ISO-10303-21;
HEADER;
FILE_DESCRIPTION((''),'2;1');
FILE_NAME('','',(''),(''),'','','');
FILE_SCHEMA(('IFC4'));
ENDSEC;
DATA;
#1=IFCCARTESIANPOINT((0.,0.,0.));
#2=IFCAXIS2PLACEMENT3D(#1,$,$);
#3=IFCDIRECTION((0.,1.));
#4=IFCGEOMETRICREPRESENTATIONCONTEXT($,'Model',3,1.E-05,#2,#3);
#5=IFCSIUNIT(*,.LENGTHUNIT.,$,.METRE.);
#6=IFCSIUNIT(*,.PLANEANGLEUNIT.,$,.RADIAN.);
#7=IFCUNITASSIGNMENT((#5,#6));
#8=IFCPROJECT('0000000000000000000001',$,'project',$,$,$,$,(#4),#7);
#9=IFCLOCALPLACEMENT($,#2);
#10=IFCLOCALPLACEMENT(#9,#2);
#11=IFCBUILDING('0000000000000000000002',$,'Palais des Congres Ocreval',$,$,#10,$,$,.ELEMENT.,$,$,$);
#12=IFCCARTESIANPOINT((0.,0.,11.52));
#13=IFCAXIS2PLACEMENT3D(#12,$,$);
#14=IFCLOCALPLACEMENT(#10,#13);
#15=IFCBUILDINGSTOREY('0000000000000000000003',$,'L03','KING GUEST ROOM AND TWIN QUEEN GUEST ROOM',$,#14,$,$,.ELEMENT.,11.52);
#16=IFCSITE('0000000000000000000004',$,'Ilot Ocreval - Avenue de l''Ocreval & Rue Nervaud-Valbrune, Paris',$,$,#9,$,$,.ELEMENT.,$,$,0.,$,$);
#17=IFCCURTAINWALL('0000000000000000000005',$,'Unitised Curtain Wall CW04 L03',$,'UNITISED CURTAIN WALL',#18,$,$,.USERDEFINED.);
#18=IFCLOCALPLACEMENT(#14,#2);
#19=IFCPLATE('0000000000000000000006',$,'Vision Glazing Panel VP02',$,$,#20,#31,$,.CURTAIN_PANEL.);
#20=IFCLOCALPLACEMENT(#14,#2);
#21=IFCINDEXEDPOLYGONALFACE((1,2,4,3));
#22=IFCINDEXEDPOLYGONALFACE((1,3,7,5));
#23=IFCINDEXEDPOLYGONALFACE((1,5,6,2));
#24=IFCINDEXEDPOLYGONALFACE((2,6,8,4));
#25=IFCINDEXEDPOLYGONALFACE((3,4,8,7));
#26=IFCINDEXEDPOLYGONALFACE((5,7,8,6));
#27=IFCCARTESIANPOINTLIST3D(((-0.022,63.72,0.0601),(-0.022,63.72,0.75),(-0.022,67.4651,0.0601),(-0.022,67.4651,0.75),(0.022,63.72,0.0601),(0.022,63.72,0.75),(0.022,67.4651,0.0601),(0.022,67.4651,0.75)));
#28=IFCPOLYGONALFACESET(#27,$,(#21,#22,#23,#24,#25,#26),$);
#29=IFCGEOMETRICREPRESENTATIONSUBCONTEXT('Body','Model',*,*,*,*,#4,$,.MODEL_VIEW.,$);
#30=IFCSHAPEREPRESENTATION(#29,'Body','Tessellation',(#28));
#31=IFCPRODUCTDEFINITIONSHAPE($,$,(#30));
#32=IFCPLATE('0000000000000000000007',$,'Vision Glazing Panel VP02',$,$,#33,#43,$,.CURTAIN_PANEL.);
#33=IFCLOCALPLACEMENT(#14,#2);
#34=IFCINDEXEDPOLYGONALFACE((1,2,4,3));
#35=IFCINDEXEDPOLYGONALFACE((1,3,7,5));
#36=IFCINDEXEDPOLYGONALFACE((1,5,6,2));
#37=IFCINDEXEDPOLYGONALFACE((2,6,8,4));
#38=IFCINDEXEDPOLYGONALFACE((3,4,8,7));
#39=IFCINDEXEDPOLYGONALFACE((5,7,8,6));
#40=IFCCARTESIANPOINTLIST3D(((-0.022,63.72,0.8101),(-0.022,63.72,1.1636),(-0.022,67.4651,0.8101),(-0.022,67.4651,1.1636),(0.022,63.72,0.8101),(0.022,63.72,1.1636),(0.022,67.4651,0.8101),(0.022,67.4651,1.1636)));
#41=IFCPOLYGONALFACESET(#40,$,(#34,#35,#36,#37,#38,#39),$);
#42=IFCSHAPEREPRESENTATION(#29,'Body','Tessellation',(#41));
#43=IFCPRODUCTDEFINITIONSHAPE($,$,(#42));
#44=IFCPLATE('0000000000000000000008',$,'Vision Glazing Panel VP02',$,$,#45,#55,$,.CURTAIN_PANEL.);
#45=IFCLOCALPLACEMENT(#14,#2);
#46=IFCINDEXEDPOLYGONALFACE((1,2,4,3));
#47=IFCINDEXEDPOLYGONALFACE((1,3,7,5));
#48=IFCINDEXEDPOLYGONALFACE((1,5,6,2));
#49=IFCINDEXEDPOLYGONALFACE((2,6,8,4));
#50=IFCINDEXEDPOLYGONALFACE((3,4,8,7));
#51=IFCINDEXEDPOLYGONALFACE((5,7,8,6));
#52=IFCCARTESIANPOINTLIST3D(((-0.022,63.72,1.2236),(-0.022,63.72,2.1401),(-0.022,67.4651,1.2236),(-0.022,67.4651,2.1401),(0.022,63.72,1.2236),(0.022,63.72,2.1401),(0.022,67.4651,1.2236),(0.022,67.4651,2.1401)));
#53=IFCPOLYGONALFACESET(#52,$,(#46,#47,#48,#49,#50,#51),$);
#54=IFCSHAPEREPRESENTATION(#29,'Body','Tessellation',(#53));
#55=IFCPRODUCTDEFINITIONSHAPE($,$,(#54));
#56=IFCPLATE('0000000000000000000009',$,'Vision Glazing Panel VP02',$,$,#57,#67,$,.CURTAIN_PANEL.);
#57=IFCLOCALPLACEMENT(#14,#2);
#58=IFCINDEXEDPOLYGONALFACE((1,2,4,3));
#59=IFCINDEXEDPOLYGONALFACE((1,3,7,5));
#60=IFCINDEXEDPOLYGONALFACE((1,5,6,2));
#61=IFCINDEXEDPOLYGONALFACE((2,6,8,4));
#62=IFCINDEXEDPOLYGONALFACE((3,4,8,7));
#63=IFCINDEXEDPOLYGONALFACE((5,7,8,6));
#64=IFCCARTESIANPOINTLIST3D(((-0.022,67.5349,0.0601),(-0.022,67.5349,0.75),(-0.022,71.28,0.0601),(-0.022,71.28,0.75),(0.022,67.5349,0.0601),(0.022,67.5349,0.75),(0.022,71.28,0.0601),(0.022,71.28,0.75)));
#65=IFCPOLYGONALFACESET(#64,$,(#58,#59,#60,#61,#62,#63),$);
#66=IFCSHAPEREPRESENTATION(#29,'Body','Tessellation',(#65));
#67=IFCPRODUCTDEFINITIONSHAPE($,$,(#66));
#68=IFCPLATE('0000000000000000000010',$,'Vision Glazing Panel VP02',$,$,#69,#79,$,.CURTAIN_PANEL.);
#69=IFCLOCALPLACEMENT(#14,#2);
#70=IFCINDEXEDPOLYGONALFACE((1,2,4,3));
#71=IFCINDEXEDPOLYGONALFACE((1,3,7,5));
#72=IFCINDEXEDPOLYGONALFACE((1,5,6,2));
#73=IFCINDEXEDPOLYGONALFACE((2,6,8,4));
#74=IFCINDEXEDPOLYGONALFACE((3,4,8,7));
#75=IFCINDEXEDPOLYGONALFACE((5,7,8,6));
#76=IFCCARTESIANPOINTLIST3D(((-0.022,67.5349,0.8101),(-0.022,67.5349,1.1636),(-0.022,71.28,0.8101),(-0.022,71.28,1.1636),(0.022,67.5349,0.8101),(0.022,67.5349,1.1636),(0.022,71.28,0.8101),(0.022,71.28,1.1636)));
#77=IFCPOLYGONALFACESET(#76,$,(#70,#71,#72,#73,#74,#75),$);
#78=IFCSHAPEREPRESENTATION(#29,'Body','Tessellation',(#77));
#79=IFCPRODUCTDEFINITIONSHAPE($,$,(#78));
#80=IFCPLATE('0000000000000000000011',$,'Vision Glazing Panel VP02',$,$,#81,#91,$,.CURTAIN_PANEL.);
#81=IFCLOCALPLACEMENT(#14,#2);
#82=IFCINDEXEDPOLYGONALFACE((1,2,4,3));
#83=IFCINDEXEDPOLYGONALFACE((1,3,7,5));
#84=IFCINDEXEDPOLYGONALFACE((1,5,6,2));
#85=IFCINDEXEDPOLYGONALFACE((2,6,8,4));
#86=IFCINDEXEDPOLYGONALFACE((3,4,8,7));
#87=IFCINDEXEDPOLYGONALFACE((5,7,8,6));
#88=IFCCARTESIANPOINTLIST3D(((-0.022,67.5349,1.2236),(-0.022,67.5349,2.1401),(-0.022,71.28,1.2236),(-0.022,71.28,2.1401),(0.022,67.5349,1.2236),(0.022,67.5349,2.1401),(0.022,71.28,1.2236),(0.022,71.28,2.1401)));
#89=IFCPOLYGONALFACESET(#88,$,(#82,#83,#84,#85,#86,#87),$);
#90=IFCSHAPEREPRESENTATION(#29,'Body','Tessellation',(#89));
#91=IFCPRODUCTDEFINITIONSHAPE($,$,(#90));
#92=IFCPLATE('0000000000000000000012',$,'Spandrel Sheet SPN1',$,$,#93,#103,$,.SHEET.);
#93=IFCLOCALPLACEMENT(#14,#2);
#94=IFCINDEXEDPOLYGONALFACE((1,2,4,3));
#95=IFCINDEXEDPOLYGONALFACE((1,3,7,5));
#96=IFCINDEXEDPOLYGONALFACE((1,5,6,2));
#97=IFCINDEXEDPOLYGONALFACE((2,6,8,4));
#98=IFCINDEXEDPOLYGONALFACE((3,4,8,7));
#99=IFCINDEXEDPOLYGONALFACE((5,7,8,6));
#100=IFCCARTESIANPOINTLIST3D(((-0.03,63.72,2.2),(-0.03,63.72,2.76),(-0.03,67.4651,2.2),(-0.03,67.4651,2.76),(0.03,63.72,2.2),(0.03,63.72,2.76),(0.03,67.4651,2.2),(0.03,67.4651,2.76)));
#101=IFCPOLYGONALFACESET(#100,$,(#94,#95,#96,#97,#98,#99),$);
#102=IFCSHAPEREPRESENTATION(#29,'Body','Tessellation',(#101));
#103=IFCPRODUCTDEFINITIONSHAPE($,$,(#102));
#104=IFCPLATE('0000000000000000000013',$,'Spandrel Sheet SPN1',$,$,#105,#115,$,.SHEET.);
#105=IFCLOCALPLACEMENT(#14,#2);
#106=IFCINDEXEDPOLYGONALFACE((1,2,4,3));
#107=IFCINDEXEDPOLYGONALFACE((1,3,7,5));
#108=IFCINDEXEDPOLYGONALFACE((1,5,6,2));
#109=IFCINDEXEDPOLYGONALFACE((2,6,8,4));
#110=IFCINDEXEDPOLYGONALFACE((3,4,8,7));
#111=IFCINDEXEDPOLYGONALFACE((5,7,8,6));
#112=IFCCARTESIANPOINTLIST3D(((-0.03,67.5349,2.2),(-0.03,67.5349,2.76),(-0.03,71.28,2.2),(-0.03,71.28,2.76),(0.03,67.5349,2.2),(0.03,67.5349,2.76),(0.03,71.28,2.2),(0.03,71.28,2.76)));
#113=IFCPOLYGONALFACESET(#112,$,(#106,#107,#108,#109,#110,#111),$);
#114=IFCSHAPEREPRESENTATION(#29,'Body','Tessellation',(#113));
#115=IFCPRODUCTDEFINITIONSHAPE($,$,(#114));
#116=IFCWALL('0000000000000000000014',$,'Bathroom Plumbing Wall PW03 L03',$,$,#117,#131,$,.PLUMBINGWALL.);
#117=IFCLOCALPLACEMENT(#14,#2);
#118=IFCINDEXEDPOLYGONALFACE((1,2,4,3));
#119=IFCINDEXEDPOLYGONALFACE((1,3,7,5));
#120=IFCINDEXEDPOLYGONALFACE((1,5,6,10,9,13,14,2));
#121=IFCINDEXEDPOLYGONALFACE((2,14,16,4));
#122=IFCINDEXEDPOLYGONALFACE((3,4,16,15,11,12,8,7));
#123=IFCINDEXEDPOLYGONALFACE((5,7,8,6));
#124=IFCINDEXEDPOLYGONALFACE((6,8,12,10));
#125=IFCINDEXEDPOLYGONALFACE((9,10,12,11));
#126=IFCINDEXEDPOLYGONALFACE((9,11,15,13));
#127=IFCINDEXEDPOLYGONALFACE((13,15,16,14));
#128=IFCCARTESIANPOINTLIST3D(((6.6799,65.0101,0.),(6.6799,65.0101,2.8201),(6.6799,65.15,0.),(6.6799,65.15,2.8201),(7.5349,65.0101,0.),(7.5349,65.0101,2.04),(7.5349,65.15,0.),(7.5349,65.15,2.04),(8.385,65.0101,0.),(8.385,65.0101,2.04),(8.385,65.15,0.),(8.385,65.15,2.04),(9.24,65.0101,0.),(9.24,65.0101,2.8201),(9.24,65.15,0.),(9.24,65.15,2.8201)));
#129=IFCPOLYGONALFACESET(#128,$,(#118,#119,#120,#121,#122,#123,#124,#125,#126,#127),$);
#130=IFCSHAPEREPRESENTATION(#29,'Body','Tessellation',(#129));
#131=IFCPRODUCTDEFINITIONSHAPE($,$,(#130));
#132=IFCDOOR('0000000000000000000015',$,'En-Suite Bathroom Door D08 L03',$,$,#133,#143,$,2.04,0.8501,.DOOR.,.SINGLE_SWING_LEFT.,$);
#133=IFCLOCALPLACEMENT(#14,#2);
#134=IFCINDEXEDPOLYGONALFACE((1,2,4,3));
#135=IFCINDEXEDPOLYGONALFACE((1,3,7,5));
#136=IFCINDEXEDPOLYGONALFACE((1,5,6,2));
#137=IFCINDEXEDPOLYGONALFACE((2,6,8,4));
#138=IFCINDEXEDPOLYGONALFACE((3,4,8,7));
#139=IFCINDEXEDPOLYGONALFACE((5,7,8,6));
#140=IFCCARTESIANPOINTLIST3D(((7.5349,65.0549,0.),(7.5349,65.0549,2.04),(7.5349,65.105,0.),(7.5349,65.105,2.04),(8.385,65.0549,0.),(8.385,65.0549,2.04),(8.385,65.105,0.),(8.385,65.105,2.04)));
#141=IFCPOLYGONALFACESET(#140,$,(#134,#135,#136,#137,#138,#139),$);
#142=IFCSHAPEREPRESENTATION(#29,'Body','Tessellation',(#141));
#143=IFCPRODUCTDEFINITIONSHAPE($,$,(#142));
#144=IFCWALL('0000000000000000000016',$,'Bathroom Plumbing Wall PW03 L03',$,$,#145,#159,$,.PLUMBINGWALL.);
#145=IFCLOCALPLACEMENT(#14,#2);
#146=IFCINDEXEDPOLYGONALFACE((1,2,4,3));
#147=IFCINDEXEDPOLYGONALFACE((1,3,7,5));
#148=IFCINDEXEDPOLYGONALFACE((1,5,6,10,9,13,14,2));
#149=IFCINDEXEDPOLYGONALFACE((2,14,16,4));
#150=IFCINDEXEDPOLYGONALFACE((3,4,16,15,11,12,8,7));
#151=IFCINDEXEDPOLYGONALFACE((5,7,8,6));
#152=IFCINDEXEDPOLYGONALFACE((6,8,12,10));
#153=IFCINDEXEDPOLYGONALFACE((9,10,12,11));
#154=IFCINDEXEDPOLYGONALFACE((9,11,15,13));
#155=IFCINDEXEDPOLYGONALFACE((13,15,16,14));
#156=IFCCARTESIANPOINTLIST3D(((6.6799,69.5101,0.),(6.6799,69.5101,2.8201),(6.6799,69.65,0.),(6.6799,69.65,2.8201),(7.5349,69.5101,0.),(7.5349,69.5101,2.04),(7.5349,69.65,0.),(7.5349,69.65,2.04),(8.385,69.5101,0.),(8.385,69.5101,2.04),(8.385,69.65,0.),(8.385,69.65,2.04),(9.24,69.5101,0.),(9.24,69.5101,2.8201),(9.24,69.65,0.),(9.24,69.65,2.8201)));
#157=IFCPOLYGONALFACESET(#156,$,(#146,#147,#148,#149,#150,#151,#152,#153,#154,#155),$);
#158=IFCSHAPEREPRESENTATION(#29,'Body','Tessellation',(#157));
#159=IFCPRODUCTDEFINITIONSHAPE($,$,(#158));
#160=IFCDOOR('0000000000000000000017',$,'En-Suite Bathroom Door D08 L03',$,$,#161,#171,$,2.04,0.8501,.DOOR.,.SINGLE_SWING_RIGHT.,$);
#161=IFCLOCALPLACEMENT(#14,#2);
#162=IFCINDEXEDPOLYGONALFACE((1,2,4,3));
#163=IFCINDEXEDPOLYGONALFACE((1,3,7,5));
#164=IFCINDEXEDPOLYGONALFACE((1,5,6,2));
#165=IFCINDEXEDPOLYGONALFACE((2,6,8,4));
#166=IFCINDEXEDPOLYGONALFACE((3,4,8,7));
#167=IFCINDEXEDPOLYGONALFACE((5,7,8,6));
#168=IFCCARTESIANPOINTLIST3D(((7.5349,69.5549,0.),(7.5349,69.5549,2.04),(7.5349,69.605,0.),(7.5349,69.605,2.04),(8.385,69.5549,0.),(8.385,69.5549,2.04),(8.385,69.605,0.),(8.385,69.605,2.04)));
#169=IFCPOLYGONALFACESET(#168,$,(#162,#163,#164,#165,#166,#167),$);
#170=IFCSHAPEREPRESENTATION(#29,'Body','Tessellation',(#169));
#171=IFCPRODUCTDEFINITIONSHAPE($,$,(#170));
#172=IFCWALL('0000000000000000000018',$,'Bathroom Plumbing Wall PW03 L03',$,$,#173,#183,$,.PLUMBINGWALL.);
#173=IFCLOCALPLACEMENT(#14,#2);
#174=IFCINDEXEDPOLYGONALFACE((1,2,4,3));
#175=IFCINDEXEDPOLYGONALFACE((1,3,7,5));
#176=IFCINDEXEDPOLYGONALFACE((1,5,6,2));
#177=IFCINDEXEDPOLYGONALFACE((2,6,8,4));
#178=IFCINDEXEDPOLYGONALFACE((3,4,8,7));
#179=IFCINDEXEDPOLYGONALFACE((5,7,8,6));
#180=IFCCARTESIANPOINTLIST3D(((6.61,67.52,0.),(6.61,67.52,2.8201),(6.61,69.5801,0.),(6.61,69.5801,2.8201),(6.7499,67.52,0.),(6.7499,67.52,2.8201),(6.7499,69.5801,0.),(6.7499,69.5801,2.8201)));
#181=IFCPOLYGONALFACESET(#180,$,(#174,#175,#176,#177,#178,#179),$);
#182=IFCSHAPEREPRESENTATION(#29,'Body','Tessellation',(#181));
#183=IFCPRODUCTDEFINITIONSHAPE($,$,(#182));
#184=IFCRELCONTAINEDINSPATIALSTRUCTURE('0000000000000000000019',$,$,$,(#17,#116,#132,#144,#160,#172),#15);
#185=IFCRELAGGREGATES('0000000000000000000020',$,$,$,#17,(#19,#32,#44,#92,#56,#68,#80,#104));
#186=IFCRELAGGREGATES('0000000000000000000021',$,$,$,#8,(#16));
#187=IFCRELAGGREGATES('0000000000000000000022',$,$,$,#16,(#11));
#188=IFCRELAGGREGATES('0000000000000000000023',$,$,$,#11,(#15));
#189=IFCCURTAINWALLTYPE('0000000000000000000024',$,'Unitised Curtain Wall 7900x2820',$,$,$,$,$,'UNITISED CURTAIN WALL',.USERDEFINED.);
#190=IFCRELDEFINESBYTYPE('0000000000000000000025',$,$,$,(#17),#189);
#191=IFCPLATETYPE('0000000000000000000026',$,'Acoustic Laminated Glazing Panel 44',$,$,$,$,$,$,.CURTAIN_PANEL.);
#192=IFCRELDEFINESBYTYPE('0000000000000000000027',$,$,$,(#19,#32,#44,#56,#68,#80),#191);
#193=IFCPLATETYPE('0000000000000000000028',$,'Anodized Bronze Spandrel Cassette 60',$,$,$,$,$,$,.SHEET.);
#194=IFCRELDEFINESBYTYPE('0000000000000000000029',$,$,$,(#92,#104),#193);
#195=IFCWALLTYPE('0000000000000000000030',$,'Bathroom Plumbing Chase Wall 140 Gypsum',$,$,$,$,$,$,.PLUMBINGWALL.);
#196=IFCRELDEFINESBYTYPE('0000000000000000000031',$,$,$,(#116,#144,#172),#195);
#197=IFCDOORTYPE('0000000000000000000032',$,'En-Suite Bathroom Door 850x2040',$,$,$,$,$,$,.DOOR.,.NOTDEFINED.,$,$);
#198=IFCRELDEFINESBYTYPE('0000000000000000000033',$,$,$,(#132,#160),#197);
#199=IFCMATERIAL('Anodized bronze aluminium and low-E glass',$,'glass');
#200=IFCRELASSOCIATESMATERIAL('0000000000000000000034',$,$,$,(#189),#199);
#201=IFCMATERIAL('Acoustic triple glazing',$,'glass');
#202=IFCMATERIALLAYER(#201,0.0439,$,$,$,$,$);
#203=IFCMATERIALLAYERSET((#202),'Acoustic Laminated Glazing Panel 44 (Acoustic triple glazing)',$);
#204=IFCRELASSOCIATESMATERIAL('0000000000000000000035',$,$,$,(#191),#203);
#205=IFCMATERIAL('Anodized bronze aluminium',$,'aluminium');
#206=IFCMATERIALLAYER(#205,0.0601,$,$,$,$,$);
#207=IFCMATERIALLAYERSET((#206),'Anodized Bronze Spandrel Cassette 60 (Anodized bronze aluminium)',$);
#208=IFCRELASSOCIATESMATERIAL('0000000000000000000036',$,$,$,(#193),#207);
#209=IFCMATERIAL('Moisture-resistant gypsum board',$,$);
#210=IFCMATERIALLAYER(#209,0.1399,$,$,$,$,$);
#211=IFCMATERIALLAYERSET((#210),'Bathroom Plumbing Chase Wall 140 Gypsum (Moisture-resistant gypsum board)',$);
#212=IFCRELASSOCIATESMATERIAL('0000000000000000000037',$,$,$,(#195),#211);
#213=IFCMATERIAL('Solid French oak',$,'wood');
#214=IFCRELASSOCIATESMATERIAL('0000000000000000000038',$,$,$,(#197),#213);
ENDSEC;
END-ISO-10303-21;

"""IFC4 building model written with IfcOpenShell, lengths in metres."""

from ifc_helpers import new_model, si_unit, direction, frame, frame_2d, origin, origin_2d, place, context, subcontext, project, spatial, rectangle, extrude, material, layer, layer_set, type_object, element, fill, aggregate, save


model = new_model("IFC4")

# Units and contexts
model_context = context("Model", 3, precision=1e-05, world=origin(), true_north=direction((0.0, 1.0)))
body_context = subcontext(model_context, "Body", "Model", "MODEL_VIEW")
ifc_project = project(units=[si_unit("LENGTHUNIT", "METRE"), si_unit("PLANEANGLEUNIT", "RADIAN")], contexts=[model_context])

# Site, building, storey
site_placement = place(None, origin())
site = spatial("IfcSite", under=ifc_project, at=site_placement, Name="Ilot Ocreval - Avenue de l'Ocreval & Rue Nervaud-Valbrune, Paris", CompositionType="ELEMENT", RefElevation=0.0)
building_placement = place(site_placement, origin())
building = spatial("IfcBuilding", under=site, at=building_placement, Name="Palais des Congres Ocreval", CompositionType="ELEMENT")
storey_placement = place(building_placement, frame((0.0, 0.0, 11.52)))
storey = spatial("IfcBuildingStorey", under=building, at=storey_placement, Name="L03", Description="KING GUEST ROOM AND TWIN QUEEN GUEST ROOM", CompositionType="ELEMENT", Elevation=11.52)

# Curtain wall, plates
ifc_material_1 = material(Name="Anodized bronze aluminium and low-E glass", Category="glass")
curtain_wall_type = type_object("IfcCurtainWallType", Name="Unitised Curtain Wall 7900x2820", ElementType="UNITISED CURTAIN WALL", PredefinedType="USERDEFINED", material=ifc_material_1)
curtain_wall_placement = place(storey_placement, origin())
curtain_wall = element("IfcCurtainWall", 1, at=curtain_wall_placement, inside=storey, type_object=curtain_wall_type, Name="Unitised Curtain Wall CW04 L03", ObjectType="UNITISED CURTAIN WALL", PredefinedType="USERDEFINED")
ifc_material_2 = material(Name="Anodized bronze aluminium", Category="aluminium")
ifc_material_3 = material(Name="Acoustic triple glazing", Category="glass")
ifc_layer_1 = layer(ifc_material_3, 0.0439)
ifc_layer_set_1 = layer_set([ifc_layer_1], Name="Acoustic Laminated Glazing Panel 44 (Acoustic triple glazing)")
plate_type_1 = type_object("IfcPlateType", Name="Acoustic Laminated Glazing Panel 44", PredefinedType="CURTAIN_PANEL", material=ifc_layer_set_1)
plate_1_placement = place(storey_placement, frame((0.0, 65.5925, 0.0601), z_axis=(0.0, 0.0, 1.0), x_axis=(0.0, 1.0, 0.0)))
plate_1 = element("IfcPlate", 2, at=plate_1_placement, type_object=plate_type_1, Name="Vision Glazing Panel VP02", PredefinedType="CURTAIN_PANEL", context=body_context, shape_type="SweptSolid", body=[
    extrude(rectangle(XDim=3.7451, YDim=0.0439, at=origin_2d()), origin(), (0.0, 0.0, 1.0), 0.6899),
])
plate_2_placement = place(storey_placement, frame((0.0, 65.5925, 0.8101), z_axis=(0.0, 0.0, 1.0), x_axis=(0.0, 1.0, 0.0)))
plate_2 = element("IfcPlate", 3, at=plate_2_placement, type_object=plate_type_1, Name="Vision Glazing Panel VP02", PredefinedType="CURTAIN_PANEL", context=body_context, shape_type="SweptSolid", body=[
    extrude(rectangle(XDim=3.7451, YDim=0.0439, at=origin_2d()), origin(), (0.0, 0.0, 1.0), 0.3535),
])
plate_3_placement = place(storey_placement, frame((0.0, 65.5925, 1.2236), z_axis=(0.0, 0.0, 1.0), x_axis=(0.0, 1.0, 0.0)))
plate_3 = element("IfcPlate", 4, at=plate_3_placement, type_object=plate_type_1, Name="Vision Glazing Panel VP02", PredefinedType="CURTAIN_PANEL", context=body_context, shape_type="SweptSolid", body=[
    extrude(rectangle(XDim=3.7451, YDim=0.0439, at=origin_2d()), origin(), (0.0, 0.0, 1.0), 0.9165),
])
plate_4_placement = place(storey_placement, frame((0.0, 69.4075, 0.0601), z_axis=(0.0, 0.0, 1.0), x_axis=(0.0, 1.0, 0.0)))
plate_4 = element("IfcPlate", 5, at=plate_4_placement, type_object=plate_type_1, Name="Vision Glazing Panel VP02", PredefinedType="CURTAIN_PANEL", context=body_context, shape_type="SweptSolid", body=[
    extrude(rectangle(XDim=3.7451, YDim=0.0439, at=origin_2d()), origin(), (0.0, 0.0, 1.0), 0.6899),
])
plate_5_placement = place(storey_placement, frame((0.0, 69.4075, 0.8101), z_axis=(0.0, 0.0, 1.0), x_axis=(0.0, 1.0, 0.0)))
plate_5 = element("IfcPlate", 6, at=plate_5_placement, type_object=plate_type_1, Name="Vision Glazing Panel VP02", PredefinedType="CURTAIN_PANEL", context=body_context, shape_type="SweptSolid", body=[
    extrude(rectangle(XDim=3.7451, YDim=0.0439, at=origin_2d()), origin(), (0.0, 0.0, 1.0), 0.3535),
])
plate_6_placement = place(storey_placement, frame((0.0, 69.4075, 1.2236), z_axis=(0.0, 0.0, 1.0), x_axis=(0.0, 1.0, 0.0)))
plate_6 = element("IfcPlate", 7, at=plate_6_placement, type_object=plate_type_1, Name="Vision Glazing Panel VP02", PredefinedType="CURTAIN_PANEL", context=body_context, shape_type="SweptSolid", body=[
    extrude(rectangle(XDim=3.7451, YDim=0.0439, at=origin_2d()), origin(), (0.0, 0.0, 1.0), 0.9165),
])
ifc_layer_2 = layer(ifc_material_2, 0.0601)
ifc_layer_set_2 = layer_set([ifc_layer_2], Name="Anodized Bronze Spandrel Cassette 60 (Anodized bronze aluminium)")
plate_type_2 = type_object("IfcPlateType", Name="Anodized Bronze Spandrel Cassette 60", PredefinedType="SHEET", material=ifc_layer_set_2)
plate_7_placement = place(storey_placement, frame((0.0, 65.5925, 2.2), z_axis=(0.0, 0.0, 1.0), x_axis=(0.0, 1.0, 0.0)))
plate_7 = element("IfcPlate", 8, at=plate_7_placement, type_object=plate_type_2, Name="Spandrel Sheet SPN1", PredefinedType="SHEET", context=body_context, shape_type="SweptSolid", body=[
    extrude(rectangle(XDim=3.7451, YDim=0.0601, at=origin_2d()), origin(), (0.0, 0.0, 1.0), 0.5601),
])
plate_8_placement = place(storey_placement, frame((0.0, 69.4075, 2.2), z_axis=(0.0, 0.0, 1.0), x_axis=(0.0, 1.0, 0.0)))
plate_8 = element("IfcPlate", 9, at=plate_8_placement, type_object=plate_type_2, Name="Spandrel Sheet SPN1", PredefinedType="SHEET", context=body_context, shape_type="SweptSolid", body=[
    extrude(rectangle(XDim=3.7451, YDim=0.0601, at=origin_2d()), origin(), (0.0, 0.0, 1.0), 0.5601),
])
aggregate(curtain_wall, [plate_1, plate_2, plate_3, plate_7, plate_4, plate_5, plate_6, plate_8])

# Walls, openings, doors
ifc_material_4 = material(Name="Moisture-resistant gypsum board")
ifc_layer_3 = layer(ifc_material_4, 0.1399)
ifc_layer_set_3 = layer_set([ifc_layer_3], Name="Bathroom Plumbing Chase Wall 140 Gypsum (Moisture-resistant gypsum board)")
wall_type_1 = type_object("IfcWallType", Name="Bathroom Plumbing Chase Wall 140 Gypsum", PredefinedType="PLUMBINGWALL", material=ifc_layer_set_3)
wall_1_placement = place(storey_placement, frame((6.6799, 65.0801, 0.0), z_axis=(0.0, 0.0, 1.0), x_axis=(1.0, 0.0, 0.0)))
wall_1 = element("IfcWall", 10, at=wall_1_placement, inside=storey, type_object=wall_type_1, Name="Bathroom Plumbing Wall PW03 L03", PredefinedType="PLUMBINGWALL", context=body_context, shape_type="SweptSolid", body=[
    extrude(rectangle(XDim=2.5601, YDim=0.1399, at=frame_2d((1.28, 0.0))), origin(), (0.0, 0.0, 1.0), 2.8201),
])
opening_1_placement = place(wall_1_placement, frame((0.855, 0.0, 0.0)))
opening_1 = element("IfcOpeningElement", 11, at=opening_1_placement, cuts=wall_1, PredefinedType="OPENING", context=body_context, shape_type="SweptSolid", body=[
    extrude(rectangle(XDim=0.8501, YDim=2.04, at=frame_2d((0.425, 1.02))), frame((0.0, 0.0798, 0.0), z_axis=(0.0, -1.0, 0.0), x_axis=(1.0, 0.0, 0.0)), (0.0, 0.0, 1.0), 0.1599),
])
ifc_material_5 = material(Name="Solid French oak", Category="wood")
door_type = type_object("IfcDoorType", Name="En-Suite Bathroom Door 850x2040", OperationType="NOTDEFINED", PredefinedType="DOOR", material=ifc_material_5)
door_1_placement = place(opening_1_placement, origin())
door_1 = element("IfcDoor", 12, at=door_1_placement, inside=storey, type_object=door_type, Name="En-Suite Bathroom Door D08 L03", OperationType="SINGLE_SWING_LEFT", OverallHeight=2.04, OverallWidth=0.8501, PredefinedType="DOOR", context=body_context, shape_type="SweptSolid", body=[
    extrude(rectangle(XDim=0.8501, YDim=2.04, at=frame_2d((0.425, 1.02))), frame((0.0, 0.0249, 0.0), z_axis=(0.0, -1.0, 0.0), x_axis=(1.0, 0.0, 0.0)), (0.0, 0.0, 1.0), 0.05),
])
fill(opening_1, door_1)
wall_2_placement = place(storey_placement, frame((6.6799, 69.5801, 0.0), z_axis=(0.0, 0.0, 1.0), x_axis=(1.0, 0.0, 0.0)))
wall_2 = element("IfcWall", 13, at=wall_2_placement, inside=storey, type_object=wall_type_1, Name="Bathroom Plumbing Wall PW03 L03", PredefinedType="PLUMBINGWALL", context=body_context, shape_type="SweptSolid", body=[
    extrude(rectangle(XDim=2.5601, YDim=0.1399, at=frame_2d((1.28, 0.0))), origin(), (0.0, 0.0, 1.0), 2.8201),
])
opening_2_placement = place(wall_2_placement, frame((0.855, 0.0, 0.0)))
opening_2 = element("IfcOpeningElement", 14, at=opening_2_placement, cuts=wall_2, PredefinedType="OPENING", context=body_context, shape_type="SweptSolid", body=[
    extrude(rectangle(XDim=0.8501, YDim=2.04, at=frame_2d((0.425, 1.02))), frame((0.0, 0.0798, 0.0), z_axis=(0.0, -1.0, 0.0), x_axis=(1.0, 0.0, 0.0)), (0.0, 0.0, 1.0), 0.1599),
])
door_2_placement = place(opening_2_placement, origin())
door_2 = element("IfcDoor", 15, at=door_2_placement, inside=storey, type_object=door_type, Name="En-Suite Bathroom Door D08 L03", OperationType="SINGLE_SWING_RIGHT", OverallHeight=2.04, OverallWidth=0.8501, PredefinedType="DOOR", context=body_context, shape_type="SweptSolid", body=[
    extrude(rectangle(XDim=0.8501, YDim=2.04, at=frame_2d((0.425, 1.02))), frame((0.0, 0.0249, 0.0), z_axis=(0.0, -1.0, 0.0), x_axis=(1.0, 0.0, 0.0)), (0.0, 0.0, 1.0), 0.05),
])
fill(opening_2, door_2)

# Wall
wall_3_placement = place(storey_placement, frame((6.6799, 67.52, 0.0), z_axis=(0.0, 0.0, 1.0), x_axis=(0.0, 1.0, 0.0)))
element("IfcWall", 16, at=wall_3_placement, inside=storey, type_object=wall_type_1, Name="Bathroom Plumbing Wall PW03 L03", PredefinedType="PLUMBINGWALL", context=body_context, shape_type="SweptSolid", body=[
    extrude(rectangle(XDim=2.0601, YDim=0.1399, at=frame_2d((1.03, 0.0))), origin(), (0.0, 0.0, 1.0), 2.8201),
])

save(model, "model.ifc")
